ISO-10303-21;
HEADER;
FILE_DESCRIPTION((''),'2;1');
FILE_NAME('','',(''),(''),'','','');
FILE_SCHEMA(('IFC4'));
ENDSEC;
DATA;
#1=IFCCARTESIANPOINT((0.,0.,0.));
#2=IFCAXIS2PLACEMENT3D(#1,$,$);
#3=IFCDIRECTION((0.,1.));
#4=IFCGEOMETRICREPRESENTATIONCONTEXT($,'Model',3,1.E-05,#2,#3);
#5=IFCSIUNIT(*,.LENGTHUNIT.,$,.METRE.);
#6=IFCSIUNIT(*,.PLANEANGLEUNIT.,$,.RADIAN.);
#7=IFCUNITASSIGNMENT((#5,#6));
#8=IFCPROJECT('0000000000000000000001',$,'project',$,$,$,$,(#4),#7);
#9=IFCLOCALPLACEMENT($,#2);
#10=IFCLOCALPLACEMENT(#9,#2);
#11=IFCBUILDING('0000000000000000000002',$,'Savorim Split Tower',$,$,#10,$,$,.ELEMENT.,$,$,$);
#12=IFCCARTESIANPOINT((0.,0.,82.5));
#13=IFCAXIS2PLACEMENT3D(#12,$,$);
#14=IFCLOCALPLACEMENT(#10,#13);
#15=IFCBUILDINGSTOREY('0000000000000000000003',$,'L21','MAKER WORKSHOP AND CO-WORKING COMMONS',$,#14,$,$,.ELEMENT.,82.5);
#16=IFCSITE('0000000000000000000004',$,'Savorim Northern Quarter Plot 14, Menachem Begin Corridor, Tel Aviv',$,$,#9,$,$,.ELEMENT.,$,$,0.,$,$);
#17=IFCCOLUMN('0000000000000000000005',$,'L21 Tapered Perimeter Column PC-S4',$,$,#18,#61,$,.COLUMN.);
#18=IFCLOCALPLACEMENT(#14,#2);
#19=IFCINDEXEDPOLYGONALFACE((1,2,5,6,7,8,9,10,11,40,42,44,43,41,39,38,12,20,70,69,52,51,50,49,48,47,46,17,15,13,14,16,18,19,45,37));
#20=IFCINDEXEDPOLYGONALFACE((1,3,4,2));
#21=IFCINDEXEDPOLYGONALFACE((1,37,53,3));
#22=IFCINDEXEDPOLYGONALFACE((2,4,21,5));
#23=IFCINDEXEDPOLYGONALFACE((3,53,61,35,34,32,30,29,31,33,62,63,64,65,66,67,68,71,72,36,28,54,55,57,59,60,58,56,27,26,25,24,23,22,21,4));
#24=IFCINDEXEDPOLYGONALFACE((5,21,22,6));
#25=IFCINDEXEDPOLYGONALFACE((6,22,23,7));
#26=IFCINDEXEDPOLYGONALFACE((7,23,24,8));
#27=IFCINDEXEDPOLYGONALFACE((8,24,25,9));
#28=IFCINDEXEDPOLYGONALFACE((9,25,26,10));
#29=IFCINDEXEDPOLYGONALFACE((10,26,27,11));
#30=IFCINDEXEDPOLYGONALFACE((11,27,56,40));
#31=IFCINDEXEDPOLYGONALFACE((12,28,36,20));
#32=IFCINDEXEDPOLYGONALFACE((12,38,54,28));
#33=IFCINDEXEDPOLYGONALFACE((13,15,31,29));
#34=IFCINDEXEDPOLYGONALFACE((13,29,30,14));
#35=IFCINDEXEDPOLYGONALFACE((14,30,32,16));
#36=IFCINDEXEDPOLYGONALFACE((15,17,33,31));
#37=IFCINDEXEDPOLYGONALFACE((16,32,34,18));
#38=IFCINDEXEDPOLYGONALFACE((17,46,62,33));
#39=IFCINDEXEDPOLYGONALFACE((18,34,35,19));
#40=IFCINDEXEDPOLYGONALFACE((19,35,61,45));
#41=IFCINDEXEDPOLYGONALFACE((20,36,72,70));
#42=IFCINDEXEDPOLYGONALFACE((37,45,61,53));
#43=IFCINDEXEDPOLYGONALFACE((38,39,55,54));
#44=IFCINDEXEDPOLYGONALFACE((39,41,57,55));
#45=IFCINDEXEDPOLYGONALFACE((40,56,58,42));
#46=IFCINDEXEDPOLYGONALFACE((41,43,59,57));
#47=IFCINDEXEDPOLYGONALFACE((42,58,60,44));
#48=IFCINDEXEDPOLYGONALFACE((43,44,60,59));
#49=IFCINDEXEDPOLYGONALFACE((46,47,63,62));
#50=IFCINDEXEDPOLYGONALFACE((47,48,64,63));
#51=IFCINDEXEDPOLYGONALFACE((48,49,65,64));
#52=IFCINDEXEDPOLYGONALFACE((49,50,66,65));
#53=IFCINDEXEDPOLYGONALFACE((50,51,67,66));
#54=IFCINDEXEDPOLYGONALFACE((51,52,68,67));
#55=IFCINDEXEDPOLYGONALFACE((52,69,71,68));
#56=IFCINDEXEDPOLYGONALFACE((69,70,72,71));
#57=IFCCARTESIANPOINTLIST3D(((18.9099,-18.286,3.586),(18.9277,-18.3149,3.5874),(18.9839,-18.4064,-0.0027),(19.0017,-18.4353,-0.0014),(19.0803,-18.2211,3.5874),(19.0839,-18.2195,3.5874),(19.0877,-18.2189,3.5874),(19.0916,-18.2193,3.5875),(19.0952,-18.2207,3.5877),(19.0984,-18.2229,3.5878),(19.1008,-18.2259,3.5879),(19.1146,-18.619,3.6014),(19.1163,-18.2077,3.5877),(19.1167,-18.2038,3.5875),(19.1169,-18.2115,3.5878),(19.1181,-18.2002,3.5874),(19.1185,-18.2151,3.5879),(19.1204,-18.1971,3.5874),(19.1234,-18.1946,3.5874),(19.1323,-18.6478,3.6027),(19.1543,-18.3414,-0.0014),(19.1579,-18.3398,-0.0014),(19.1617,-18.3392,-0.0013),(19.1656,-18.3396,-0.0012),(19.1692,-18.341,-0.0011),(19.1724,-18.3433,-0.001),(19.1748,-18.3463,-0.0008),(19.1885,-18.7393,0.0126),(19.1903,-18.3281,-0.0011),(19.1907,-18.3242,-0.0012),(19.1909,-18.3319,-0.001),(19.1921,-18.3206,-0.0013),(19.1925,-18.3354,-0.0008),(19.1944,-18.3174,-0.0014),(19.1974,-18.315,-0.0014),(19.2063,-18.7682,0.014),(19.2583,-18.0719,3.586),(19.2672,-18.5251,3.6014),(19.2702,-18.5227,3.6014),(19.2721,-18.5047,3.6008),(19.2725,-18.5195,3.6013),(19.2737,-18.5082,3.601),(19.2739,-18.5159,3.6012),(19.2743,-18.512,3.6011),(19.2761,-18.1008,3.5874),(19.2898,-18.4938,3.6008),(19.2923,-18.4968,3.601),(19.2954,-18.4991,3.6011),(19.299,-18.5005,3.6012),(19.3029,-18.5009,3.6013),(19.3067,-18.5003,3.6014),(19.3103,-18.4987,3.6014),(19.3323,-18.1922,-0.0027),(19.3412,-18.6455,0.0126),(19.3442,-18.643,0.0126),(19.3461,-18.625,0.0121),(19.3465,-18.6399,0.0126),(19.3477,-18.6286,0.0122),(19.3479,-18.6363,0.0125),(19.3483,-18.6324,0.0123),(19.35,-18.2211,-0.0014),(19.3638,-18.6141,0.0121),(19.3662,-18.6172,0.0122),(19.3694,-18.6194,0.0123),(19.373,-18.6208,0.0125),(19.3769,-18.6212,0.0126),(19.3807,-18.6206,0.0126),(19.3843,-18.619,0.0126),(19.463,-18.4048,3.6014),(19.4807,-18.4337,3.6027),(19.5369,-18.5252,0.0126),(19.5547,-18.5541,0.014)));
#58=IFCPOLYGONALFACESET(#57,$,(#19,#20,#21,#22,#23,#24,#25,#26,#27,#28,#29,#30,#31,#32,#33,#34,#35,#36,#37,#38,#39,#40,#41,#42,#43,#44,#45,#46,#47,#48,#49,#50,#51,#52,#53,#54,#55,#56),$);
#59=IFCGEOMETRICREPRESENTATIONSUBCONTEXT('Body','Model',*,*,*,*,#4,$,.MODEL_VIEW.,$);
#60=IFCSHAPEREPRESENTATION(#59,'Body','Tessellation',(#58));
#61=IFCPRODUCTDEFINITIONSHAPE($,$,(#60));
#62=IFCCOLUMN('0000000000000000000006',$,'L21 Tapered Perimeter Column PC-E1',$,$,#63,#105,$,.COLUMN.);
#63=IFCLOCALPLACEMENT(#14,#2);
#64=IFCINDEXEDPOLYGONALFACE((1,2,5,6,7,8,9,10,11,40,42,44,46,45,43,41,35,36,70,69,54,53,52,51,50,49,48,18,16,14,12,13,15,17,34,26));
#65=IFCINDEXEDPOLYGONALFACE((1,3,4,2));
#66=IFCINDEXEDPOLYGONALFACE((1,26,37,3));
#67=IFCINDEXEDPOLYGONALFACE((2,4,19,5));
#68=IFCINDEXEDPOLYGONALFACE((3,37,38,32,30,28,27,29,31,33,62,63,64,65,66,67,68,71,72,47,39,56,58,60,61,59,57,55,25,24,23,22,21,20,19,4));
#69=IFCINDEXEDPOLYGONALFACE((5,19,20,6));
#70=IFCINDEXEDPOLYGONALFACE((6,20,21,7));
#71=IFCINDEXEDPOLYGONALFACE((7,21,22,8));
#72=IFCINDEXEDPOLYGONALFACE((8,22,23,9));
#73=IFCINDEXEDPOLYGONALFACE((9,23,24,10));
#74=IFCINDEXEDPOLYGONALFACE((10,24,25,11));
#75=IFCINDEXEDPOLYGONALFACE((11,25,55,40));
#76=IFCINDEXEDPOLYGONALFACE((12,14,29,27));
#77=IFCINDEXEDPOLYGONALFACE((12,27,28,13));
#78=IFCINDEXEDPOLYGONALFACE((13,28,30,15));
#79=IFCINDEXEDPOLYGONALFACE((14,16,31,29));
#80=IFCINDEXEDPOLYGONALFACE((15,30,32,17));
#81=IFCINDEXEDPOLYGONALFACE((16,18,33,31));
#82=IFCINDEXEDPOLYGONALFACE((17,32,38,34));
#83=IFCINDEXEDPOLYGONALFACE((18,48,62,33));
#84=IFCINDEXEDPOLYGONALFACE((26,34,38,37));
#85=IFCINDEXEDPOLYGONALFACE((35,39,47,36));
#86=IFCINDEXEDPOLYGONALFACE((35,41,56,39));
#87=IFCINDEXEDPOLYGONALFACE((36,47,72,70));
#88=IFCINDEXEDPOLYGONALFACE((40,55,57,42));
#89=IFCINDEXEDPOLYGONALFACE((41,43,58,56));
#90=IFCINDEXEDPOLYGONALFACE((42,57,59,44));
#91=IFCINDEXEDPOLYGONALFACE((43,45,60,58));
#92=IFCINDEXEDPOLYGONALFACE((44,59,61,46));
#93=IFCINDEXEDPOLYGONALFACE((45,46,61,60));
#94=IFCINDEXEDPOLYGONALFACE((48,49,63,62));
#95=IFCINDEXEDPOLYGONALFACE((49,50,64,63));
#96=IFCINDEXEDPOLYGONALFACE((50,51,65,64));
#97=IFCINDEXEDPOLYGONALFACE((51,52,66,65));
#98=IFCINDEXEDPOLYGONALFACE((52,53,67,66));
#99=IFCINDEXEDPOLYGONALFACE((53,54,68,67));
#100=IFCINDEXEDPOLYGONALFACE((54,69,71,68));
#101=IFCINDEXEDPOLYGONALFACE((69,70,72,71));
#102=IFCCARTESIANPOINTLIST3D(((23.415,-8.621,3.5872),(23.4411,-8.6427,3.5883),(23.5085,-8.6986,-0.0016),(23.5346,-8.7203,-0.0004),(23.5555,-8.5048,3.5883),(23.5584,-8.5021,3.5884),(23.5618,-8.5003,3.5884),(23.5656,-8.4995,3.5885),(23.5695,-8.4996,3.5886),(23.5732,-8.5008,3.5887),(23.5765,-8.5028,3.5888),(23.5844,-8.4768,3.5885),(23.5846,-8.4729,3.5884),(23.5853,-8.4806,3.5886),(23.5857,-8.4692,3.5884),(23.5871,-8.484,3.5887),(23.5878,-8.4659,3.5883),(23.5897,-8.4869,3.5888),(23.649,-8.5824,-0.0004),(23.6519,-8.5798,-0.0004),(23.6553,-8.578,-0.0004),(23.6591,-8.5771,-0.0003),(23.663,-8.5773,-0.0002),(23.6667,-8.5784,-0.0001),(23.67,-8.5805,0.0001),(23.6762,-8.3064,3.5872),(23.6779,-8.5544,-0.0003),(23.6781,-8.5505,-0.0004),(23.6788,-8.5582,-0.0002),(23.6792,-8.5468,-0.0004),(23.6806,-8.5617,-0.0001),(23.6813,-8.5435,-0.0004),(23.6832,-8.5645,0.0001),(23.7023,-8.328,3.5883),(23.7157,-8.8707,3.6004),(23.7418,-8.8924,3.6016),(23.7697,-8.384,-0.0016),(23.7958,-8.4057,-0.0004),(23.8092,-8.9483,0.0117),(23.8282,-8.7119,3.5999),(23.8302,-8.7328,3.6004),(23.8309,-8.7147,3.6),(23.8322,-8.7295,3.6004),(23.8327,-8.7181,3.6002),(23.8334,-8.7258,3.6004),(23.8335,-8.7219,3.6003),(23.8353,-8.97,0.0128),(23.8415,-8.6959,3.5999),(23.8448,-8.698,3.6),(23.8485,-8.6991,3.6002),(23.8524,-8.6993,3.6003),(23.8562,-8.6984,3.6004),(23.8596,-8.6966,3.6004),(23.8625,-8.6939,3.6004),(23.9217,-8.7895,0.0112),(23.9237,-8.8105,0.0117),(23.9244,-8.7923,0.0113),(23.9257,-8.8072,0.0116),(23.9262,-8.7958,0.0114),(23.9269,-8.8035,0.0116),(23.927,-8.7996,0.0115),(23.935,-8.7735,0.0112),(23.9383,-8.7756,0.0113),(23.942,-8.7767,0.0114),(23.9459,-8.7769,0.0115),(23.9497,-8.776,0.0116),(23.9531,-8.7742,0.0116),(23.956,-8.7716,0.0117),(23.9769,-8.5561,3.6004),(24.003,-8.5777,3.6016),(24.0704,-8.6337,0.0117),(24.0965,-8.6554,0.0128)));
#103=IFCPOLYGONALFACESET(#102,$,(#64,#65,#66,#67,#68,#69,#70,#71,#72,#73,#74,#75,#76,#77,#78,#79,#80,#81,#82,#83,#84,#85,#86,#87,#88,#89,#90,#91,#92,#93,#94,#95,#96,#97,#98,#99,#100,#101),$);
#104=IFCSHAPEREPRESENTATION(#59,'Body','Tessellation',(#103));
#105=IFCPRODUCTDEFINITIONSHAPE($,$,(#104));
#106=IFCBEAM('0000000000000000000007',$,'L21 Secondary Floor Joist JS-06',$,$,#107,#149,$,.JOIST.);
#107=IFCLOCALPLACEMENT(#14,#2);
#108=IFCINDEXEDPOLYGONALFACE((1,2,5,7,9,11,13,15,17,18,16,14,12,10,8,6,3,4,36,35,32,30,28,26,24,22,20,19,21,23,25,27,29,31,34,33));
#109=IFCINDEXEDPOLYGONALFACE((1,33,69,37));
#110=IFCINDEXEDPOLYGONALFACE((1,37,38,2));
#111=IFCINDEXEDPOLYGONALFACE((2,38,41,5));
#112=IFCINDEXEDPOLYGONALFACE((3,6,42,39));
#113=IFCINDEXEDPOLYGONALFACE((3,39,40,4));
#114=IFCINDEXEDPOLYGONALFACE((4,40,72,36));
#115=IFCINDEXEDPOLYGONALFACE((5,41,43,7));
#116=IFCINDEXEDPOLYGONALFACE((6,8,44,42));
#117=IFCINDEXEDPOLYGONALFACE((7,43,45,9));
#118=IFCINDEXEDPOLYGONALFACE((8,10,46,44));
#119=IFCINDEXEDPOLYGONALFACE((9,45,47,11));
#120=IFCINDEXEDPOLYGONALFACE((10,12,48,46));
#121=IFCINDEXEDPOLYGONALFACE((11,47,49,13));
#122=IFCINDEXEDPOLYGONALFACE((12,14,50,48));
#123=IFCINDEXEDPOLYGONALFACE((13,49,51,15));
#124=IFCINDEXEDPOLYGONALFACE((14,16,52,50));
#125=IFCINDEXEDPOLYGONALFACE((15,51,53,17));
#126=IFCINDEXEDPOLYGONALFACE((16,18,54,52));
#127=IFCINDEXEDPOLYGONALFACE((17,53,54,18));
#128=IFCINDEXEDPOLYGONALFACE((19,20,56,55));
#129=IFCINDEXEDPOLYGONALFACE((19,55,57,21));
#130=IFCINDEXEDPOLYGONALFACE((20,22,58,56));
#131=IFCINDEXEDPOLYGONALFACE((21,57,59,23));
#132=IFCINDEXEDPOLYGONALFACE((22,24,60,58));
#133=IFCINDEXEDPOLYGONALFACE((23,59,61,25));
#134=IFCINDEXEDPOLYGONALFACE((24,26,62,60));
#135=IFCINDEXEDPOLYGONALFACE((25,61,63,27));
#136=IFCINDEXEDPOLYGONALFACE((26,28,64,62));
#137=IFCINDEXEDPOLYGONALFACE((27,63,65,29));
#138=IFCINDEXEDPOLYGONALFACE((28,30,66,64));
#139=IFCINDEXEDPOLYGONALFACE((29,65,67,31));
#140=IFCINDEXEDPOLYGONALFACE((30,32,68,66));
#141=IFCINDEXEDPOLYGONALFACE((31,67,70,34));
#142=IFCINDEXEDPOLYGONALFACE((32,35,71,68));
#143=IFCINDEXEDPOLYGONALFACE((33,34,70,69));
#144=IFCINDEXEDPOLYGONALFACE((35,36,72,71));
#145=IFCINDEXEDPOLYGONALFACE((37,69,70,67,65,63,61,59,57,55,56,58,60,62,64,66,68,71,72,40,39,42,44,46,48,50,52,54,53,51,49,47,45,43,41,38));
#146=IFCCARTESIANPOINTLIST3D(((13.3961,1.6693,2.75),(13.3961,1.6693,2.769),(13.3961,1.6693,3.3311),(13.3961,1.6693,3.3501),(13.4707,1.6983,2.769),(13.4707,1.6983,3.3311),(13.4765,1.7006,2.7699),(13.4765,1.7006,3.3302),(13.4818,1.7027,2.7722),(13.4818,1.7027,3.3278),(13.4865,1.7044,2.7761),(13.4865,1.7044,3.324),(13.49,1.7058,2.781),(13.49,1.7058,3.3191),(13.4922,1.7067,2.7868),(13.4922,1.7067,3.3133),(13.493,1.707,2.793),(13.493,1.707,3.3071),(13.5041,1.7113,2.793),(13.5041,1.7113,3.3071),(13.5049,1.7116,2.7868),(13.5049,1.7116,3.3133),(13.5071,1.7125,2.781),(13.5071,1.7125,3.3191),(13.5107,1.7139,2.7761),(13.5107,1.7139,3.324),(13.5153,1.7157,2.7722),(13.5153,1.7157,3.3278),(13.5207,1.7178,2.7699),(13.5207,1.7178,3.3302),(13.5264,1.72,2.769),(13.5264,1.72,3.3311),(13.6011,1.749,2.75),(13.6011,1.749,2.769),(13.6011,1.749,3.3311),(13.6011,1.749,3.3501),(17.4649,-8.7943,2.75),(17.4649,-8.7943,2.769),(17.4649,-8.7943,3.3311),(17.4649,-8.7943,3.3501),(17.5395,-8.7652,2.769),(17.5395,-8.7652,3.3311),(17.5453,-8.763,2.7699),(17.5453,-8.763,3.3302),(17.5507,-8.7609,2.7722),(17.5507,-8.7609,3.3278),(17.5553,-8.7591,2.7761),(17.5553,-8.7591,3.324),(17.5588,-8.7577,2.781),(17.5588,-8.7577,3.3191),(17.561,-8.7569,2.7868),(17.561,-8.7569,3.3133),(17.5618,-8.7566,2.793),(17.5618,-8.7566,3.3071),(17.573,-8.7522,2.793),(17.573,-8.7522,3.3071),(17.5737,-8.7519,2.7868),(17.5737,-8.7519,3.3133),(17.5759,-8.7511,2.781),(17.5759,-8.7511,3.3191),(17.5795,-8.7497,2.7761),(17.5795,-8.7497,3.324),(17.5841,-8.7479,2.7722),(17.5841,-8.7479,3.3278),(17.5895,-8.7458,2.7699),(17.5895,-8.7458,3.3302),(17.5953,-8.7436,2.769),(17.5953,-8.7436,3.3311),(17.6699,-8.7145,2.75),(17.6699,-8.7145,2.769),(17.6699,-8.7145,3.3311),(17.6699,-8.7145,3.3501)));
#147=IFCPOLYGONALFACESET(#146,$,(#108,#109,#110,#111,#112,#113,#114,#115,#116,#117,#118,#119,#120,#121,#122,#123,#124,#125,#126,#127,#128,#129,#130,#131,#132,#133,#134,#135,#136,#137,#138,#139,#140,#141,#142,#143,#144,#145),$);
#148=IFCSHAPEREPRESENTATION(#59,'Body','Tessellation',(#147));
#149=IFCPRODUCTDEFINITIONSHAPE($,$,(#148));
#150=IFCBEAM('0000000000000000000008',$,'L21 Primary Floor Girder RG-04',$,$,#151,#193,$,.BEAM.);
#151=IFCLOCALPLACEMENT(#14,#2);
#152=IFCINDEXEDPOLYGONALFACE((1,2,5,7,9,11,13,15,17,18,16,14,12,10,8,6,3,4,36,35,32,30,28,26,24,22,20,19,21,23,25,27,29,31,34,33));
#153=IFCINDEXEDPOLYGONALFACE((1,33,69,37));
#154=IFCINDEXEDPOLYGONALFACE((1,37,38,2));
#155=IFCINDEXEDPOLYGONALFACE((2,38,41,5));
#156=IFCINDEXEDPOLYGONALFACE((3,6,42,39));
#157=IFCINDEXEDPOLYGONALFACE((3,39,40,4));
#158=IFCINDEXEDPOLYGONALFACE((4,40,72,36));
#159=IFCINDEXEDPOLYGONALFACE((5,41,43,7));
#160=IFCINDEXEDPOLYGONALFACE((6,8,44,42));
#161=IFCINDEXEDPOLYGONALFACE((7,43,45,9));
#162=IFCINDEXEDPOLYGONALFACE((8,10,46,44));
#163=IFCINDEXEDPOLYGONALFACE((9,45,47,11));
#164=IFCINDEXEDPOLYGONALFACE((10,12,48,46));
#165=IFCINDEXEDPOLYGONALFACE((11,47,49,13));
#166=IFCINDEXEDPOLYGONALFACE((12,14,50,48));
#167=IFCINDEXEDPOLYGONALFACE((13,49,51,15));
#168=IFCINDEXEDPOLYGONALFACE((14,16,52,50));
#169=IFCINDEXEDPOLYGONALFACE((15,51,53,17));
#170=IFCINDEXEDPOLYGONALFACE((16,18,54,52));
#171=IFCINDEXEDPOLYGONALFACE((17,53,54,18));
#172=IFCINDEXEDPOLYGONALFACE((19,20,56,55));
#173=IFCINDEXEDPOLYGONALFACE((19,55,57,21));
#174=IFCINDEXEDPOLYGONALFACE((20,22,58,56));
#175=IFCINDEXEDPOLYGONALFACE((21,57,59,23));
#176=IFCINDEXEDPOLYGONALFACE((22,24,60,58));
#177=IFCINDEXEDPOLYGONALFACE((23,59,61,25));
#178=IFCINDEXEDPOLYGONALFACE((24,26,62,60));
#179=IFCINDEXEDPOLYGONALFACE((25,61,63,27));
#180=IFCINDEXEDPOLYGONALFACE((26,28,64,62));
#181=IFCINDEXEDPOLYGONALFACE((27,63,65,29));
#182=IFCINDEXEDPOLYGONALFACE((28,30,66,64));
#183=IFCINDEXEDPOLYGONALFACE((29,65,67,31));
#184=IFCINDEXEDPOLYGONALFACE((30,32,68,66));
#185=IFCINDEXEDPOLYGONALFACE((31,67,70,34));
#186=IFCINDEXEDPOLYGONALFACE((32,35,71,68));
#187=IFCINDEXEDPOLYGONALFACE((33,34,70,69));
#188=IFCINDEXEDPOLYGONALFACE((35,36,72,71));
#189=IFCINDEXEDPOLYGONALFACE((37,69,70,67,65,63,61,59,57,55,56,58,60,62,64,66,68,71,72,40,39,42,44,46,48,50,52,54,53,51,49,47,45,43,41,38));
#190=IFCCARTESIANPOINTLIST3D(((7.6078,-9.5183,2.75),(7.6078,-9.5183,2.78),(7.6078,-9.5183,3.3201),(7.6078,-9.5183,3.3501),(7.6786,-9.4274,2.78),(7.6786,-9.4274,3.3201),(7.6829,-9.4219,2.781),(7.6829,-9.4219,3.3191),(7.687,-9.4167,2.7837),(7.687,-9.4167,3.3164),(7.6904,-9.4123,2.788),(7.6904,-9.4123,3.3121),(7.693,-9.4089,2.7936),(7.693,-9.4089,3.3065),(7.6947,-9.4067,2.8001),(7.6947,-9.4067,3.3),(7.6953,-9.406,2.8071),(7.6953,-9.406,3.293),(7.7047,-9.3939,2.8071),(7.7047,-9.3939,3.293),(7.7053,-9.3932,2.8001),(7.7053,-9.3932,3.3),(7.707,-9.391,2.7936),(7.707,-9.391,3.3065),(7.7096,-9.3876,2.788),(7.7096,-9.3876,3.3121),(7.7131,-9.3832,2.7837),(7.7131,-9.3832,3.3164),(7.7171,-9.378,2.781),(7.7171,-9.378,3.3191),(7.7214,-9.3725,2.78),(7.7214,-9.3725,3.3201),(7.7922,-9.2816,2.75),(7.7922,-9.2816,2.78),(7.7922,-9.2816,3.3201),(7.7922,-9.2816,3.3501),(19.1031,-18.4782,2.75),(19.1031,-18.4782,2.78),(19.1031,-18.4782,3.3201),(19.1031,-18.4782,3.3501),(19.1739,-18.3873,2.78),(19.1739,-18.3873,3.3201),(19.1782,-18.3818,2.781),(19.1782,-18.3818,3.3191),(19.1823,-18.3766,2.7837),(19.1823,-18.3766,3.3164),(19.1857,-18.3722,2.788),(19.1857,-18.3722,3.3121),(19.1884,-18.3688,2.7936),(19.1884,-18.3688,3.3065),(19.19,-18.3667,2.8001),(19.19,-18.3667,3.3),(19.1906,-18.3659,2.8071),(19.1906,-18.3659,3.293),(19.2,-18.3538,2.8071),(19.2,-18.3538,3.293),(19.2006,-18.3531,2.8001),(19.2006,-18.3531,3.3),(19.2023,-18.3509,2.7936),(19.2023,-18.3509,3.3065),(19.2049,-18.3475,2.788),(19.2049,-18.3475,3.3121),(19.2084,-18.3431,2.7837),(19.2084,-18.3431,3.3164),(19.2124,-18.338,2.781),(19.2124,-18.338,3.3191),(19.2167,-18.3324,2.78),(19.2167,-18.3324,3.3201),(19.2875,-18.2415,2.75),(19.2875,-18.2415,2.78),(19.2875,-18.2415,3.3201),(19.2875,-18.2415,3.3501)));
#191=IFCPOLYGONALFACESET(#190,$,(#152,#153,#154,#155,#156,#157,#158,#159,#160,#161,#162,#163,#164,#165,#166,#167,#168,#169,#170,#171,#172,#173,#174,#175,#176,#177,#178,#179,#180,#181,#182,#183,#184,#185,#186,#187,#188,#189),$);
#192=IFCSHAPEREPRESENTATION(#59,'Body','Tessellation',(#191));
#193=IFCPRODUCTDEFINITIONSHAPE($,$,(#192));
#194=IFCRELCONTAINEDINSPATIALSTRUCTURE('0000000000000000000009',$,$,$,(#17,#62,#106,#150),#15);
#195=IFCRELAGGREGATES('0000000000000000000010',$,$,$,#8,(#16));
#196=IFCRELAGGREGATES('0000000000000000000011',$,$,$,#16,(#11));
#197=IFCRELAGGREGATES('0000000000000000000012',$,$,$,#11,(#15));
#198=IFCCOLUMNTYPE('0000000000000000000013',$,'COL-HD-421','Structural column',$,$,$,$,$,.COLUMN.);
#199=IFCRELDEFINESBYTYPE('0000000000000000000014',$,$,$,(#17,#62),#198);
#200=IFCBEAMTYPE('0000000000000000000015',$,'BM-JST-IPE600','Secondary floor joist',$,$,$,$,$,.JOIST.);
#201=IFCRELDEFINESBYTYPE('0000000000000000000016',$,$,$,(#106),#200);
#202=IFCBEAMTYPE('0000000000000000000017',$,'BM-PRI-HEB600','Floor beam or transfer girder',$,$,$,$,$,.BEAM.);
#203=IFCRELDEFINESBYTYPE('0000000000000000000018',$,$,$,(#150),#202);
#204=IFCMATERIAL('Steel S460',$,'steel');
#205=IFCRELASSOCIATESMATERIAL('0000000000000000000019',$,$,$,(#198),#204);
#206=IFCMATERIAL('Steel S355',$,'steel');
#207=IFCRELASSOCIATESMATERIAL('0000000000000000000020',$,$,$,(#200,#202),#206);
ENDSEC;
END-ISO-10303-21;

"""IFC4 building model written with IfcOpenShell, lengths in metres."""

from ifc_helpers import new_model, si_unit, direction, frame, origin, origin_2d, place, context, subcontext, project, spatial, i_section, extrude, material, material_profile, profile_set, type_object, element, save


model = new_model("IFC4")

# Units and contexts
model_context = context("Model", 3, precision=1e-05, world=origin(), true_north=direction((0.0, 1.0)))
body_context = subcontext(model_context, "Body", "Model", "MODEL_VIEW")
ifc_project = project(units=[si_unit("LENGTHUNIT", "METRE"), si_unit("PLANEANGLEUNIT", "RADIAN")], contexts=[model_context])

# Site, building, storey
site_placement = place(None, origin())
site = spatial("IfcSite", under=ifc_project, at=site_placement, Name="Savorim Northern Quarter Plot 14, Menachem Begin Corridor, Tel Aviv", CompositionType="ELEMENT", RefElevation=0.0)
building_placement = place(site_placement, origin())
building = spatial("IfcBuilding", under=site, at=building_placement, Name="Savorim Split Tower", CompositionType="ELEMENT")
storey_placement = place(building_placement, frame((0.0, 0.0, 82.5)))
storey = spatial("IfcBuildingStorey", under=building, at=storey_placement, Name="L21", Description="MAKER WORKSHOP AND CO-WORKING COMMONS", CompositionType="ELEMENT", Elevation=82.5)

# Columns
ifc_material_1 = material(Name="Steel S460", Category="steel")
ifc_material_profile_1 = material_profile(ifc_material_1, i_section(OverallWidth=0.4089, OverallDepth=0.425, WebThickness=0.0208, FlangeThickness=0.0339, FilletRadius=0.0149, at=origin_2d()), Name="HD 400x421")
ifc_profile_set_1 = profile_set([ifc_material_profile_1], Name="Steel S460")
column_type = type_object("IfcColumnType", Name="COL-HD-421", Description="Structural column", PredefinedType="COLUMN", material=ifc_profile_set_1)
column_1_placement = place(storey_placement, frame((19.2693, -18.4802, 0.0056), z_axis=(-0.020596, 0.033511, 0.999226), x_axis=(-0.851955, -0.523615, 0.0)))
element("IfcColumn", 1, at=column_1_placement, inside=storey, type_object=column_type, Name="L21 Tapered Perimeter Column PC-S4", PredefinedType="COLUMN", context=body_context, shape_type="SweptSolid", body=[
    extrude(i_section(OverallWidth=0.4089, OverallDepth=0.425, WebThickness=0.0208, FlangeThickness=0.0339, FilletRadius=0.0149, at=origin_2d()), origin(), (0.0, 0.0, 1.0), 3.5916),
])
column_2_placement = place(storey_placement, frame((23.8025, -8.677, 0.0056), z_axis=(-0.026039, 0.02162, 0.999427), x_axis=(-0.6388, -0.769373, 0.0)))
element("IfcColumn", 2, at=column_2_placement, inside=storey, type_object=column_type, Name="L21 Tapered Perimeter Column PC-E1", PredefinedType="COLUMN", context=body_context, shape_type="SweptSolid", body=[
    extrude(i_section(OverallWidth=0.4089, OverallDepth=0.425, WebThickness=0.0208, FlangeThickness=0.0339, FilletRadius=0.0149, at=origin_2d()), origin(), (0.0, 0.0, 1.0), 3.5908),
])

# Beams
ifc_material_2 = material(Name="Steel S355", Category="steel")
ifc_material_profile_2 = material_profile(ifc_material_2, i_section(OverallWidth=0.22, OverallDepth=0.6001, WebThickness=0.012, FlangeThickness=0.019, FilletRadius=0.0239, at=origin_2d()), Name="IPE 600")
ifc_profile_set_2 = profile_set([ifc_material_profile_2], Name="Steel S355")
beam_type_1 = type_object("IfcBeamType", Name="BM-JST-IPE600", Description="Secondary floor joist", PredefinedType="JOIST", material=ifc_profile_set_2)
beam_1_placement = place(storey_placement, frame((17.5674, -8.7544, 3.05), z_axis=(-0.36242, 0.932015, 0.0), x_axis=(-0.932015, -0.36242, 0.0)))
element("IfcBeam", 3, at=beam_1_placement, inside=storey, type_object=beam_type_1, Name="L21 Secondary Floor Joist JS-06", PredefinedType="JOIST", context=body_context, shape_type="SweptSolid", body=[
    extrude(i_section(OverallWidth=0.22, OverallDepth=0.6001, WebThickness=0.012, FlangeThickness=0.019, FilletRadius=0.0239, at=origin_2d()), origin(), (0.0, 0.0, 1.0), 11.2268),
])
ifc_material_profile_3 = material_profile(ifc_material_2, i_section(OverallWidth=0.3, OverallDepth=0.6001, WebThickness=0.0154, FlangeThickness=0.03, FilletRadius=0.0271, at=origin_2d()), Name="HEB 600")
ifc_profile_set_3 = profile_set([ifc_material_profile_3], Name="Steel S355")
beam_type_2 = type_object("IfcBeamType", Name="BM-PRI-HEB600", Description="Floor beam or transfer girder", PredefinedType="BEAM", material=ifc_profile_set_3)
beam_2_placement = place(storey_placement, frame((19.1953, -18.3599, 3.05), z_axis=(-0.788716, 0.614758, 0.0), x_axis=(-0.614758, -0.788716, 0.0)))
element("IfcBeam", 4, at=beam_2_placement, inside=storey, type_object=beam_type_2, Name="L21 Primary Floor Girder RG-04", PredefinedType="BEAM", context=body_context, shape_type="SweptSolid", body=[
    extrude(i_section(OverallWidth=0.3, OverallDepth=0.6001, WebThickness=0.0154, FlangeThickness=0.03, FilletRadius=0.0271, at=origin_2d()), origin(), (0.0, 0.0, 1.0), 14.5747),
])

save(model, "model.ifc")
